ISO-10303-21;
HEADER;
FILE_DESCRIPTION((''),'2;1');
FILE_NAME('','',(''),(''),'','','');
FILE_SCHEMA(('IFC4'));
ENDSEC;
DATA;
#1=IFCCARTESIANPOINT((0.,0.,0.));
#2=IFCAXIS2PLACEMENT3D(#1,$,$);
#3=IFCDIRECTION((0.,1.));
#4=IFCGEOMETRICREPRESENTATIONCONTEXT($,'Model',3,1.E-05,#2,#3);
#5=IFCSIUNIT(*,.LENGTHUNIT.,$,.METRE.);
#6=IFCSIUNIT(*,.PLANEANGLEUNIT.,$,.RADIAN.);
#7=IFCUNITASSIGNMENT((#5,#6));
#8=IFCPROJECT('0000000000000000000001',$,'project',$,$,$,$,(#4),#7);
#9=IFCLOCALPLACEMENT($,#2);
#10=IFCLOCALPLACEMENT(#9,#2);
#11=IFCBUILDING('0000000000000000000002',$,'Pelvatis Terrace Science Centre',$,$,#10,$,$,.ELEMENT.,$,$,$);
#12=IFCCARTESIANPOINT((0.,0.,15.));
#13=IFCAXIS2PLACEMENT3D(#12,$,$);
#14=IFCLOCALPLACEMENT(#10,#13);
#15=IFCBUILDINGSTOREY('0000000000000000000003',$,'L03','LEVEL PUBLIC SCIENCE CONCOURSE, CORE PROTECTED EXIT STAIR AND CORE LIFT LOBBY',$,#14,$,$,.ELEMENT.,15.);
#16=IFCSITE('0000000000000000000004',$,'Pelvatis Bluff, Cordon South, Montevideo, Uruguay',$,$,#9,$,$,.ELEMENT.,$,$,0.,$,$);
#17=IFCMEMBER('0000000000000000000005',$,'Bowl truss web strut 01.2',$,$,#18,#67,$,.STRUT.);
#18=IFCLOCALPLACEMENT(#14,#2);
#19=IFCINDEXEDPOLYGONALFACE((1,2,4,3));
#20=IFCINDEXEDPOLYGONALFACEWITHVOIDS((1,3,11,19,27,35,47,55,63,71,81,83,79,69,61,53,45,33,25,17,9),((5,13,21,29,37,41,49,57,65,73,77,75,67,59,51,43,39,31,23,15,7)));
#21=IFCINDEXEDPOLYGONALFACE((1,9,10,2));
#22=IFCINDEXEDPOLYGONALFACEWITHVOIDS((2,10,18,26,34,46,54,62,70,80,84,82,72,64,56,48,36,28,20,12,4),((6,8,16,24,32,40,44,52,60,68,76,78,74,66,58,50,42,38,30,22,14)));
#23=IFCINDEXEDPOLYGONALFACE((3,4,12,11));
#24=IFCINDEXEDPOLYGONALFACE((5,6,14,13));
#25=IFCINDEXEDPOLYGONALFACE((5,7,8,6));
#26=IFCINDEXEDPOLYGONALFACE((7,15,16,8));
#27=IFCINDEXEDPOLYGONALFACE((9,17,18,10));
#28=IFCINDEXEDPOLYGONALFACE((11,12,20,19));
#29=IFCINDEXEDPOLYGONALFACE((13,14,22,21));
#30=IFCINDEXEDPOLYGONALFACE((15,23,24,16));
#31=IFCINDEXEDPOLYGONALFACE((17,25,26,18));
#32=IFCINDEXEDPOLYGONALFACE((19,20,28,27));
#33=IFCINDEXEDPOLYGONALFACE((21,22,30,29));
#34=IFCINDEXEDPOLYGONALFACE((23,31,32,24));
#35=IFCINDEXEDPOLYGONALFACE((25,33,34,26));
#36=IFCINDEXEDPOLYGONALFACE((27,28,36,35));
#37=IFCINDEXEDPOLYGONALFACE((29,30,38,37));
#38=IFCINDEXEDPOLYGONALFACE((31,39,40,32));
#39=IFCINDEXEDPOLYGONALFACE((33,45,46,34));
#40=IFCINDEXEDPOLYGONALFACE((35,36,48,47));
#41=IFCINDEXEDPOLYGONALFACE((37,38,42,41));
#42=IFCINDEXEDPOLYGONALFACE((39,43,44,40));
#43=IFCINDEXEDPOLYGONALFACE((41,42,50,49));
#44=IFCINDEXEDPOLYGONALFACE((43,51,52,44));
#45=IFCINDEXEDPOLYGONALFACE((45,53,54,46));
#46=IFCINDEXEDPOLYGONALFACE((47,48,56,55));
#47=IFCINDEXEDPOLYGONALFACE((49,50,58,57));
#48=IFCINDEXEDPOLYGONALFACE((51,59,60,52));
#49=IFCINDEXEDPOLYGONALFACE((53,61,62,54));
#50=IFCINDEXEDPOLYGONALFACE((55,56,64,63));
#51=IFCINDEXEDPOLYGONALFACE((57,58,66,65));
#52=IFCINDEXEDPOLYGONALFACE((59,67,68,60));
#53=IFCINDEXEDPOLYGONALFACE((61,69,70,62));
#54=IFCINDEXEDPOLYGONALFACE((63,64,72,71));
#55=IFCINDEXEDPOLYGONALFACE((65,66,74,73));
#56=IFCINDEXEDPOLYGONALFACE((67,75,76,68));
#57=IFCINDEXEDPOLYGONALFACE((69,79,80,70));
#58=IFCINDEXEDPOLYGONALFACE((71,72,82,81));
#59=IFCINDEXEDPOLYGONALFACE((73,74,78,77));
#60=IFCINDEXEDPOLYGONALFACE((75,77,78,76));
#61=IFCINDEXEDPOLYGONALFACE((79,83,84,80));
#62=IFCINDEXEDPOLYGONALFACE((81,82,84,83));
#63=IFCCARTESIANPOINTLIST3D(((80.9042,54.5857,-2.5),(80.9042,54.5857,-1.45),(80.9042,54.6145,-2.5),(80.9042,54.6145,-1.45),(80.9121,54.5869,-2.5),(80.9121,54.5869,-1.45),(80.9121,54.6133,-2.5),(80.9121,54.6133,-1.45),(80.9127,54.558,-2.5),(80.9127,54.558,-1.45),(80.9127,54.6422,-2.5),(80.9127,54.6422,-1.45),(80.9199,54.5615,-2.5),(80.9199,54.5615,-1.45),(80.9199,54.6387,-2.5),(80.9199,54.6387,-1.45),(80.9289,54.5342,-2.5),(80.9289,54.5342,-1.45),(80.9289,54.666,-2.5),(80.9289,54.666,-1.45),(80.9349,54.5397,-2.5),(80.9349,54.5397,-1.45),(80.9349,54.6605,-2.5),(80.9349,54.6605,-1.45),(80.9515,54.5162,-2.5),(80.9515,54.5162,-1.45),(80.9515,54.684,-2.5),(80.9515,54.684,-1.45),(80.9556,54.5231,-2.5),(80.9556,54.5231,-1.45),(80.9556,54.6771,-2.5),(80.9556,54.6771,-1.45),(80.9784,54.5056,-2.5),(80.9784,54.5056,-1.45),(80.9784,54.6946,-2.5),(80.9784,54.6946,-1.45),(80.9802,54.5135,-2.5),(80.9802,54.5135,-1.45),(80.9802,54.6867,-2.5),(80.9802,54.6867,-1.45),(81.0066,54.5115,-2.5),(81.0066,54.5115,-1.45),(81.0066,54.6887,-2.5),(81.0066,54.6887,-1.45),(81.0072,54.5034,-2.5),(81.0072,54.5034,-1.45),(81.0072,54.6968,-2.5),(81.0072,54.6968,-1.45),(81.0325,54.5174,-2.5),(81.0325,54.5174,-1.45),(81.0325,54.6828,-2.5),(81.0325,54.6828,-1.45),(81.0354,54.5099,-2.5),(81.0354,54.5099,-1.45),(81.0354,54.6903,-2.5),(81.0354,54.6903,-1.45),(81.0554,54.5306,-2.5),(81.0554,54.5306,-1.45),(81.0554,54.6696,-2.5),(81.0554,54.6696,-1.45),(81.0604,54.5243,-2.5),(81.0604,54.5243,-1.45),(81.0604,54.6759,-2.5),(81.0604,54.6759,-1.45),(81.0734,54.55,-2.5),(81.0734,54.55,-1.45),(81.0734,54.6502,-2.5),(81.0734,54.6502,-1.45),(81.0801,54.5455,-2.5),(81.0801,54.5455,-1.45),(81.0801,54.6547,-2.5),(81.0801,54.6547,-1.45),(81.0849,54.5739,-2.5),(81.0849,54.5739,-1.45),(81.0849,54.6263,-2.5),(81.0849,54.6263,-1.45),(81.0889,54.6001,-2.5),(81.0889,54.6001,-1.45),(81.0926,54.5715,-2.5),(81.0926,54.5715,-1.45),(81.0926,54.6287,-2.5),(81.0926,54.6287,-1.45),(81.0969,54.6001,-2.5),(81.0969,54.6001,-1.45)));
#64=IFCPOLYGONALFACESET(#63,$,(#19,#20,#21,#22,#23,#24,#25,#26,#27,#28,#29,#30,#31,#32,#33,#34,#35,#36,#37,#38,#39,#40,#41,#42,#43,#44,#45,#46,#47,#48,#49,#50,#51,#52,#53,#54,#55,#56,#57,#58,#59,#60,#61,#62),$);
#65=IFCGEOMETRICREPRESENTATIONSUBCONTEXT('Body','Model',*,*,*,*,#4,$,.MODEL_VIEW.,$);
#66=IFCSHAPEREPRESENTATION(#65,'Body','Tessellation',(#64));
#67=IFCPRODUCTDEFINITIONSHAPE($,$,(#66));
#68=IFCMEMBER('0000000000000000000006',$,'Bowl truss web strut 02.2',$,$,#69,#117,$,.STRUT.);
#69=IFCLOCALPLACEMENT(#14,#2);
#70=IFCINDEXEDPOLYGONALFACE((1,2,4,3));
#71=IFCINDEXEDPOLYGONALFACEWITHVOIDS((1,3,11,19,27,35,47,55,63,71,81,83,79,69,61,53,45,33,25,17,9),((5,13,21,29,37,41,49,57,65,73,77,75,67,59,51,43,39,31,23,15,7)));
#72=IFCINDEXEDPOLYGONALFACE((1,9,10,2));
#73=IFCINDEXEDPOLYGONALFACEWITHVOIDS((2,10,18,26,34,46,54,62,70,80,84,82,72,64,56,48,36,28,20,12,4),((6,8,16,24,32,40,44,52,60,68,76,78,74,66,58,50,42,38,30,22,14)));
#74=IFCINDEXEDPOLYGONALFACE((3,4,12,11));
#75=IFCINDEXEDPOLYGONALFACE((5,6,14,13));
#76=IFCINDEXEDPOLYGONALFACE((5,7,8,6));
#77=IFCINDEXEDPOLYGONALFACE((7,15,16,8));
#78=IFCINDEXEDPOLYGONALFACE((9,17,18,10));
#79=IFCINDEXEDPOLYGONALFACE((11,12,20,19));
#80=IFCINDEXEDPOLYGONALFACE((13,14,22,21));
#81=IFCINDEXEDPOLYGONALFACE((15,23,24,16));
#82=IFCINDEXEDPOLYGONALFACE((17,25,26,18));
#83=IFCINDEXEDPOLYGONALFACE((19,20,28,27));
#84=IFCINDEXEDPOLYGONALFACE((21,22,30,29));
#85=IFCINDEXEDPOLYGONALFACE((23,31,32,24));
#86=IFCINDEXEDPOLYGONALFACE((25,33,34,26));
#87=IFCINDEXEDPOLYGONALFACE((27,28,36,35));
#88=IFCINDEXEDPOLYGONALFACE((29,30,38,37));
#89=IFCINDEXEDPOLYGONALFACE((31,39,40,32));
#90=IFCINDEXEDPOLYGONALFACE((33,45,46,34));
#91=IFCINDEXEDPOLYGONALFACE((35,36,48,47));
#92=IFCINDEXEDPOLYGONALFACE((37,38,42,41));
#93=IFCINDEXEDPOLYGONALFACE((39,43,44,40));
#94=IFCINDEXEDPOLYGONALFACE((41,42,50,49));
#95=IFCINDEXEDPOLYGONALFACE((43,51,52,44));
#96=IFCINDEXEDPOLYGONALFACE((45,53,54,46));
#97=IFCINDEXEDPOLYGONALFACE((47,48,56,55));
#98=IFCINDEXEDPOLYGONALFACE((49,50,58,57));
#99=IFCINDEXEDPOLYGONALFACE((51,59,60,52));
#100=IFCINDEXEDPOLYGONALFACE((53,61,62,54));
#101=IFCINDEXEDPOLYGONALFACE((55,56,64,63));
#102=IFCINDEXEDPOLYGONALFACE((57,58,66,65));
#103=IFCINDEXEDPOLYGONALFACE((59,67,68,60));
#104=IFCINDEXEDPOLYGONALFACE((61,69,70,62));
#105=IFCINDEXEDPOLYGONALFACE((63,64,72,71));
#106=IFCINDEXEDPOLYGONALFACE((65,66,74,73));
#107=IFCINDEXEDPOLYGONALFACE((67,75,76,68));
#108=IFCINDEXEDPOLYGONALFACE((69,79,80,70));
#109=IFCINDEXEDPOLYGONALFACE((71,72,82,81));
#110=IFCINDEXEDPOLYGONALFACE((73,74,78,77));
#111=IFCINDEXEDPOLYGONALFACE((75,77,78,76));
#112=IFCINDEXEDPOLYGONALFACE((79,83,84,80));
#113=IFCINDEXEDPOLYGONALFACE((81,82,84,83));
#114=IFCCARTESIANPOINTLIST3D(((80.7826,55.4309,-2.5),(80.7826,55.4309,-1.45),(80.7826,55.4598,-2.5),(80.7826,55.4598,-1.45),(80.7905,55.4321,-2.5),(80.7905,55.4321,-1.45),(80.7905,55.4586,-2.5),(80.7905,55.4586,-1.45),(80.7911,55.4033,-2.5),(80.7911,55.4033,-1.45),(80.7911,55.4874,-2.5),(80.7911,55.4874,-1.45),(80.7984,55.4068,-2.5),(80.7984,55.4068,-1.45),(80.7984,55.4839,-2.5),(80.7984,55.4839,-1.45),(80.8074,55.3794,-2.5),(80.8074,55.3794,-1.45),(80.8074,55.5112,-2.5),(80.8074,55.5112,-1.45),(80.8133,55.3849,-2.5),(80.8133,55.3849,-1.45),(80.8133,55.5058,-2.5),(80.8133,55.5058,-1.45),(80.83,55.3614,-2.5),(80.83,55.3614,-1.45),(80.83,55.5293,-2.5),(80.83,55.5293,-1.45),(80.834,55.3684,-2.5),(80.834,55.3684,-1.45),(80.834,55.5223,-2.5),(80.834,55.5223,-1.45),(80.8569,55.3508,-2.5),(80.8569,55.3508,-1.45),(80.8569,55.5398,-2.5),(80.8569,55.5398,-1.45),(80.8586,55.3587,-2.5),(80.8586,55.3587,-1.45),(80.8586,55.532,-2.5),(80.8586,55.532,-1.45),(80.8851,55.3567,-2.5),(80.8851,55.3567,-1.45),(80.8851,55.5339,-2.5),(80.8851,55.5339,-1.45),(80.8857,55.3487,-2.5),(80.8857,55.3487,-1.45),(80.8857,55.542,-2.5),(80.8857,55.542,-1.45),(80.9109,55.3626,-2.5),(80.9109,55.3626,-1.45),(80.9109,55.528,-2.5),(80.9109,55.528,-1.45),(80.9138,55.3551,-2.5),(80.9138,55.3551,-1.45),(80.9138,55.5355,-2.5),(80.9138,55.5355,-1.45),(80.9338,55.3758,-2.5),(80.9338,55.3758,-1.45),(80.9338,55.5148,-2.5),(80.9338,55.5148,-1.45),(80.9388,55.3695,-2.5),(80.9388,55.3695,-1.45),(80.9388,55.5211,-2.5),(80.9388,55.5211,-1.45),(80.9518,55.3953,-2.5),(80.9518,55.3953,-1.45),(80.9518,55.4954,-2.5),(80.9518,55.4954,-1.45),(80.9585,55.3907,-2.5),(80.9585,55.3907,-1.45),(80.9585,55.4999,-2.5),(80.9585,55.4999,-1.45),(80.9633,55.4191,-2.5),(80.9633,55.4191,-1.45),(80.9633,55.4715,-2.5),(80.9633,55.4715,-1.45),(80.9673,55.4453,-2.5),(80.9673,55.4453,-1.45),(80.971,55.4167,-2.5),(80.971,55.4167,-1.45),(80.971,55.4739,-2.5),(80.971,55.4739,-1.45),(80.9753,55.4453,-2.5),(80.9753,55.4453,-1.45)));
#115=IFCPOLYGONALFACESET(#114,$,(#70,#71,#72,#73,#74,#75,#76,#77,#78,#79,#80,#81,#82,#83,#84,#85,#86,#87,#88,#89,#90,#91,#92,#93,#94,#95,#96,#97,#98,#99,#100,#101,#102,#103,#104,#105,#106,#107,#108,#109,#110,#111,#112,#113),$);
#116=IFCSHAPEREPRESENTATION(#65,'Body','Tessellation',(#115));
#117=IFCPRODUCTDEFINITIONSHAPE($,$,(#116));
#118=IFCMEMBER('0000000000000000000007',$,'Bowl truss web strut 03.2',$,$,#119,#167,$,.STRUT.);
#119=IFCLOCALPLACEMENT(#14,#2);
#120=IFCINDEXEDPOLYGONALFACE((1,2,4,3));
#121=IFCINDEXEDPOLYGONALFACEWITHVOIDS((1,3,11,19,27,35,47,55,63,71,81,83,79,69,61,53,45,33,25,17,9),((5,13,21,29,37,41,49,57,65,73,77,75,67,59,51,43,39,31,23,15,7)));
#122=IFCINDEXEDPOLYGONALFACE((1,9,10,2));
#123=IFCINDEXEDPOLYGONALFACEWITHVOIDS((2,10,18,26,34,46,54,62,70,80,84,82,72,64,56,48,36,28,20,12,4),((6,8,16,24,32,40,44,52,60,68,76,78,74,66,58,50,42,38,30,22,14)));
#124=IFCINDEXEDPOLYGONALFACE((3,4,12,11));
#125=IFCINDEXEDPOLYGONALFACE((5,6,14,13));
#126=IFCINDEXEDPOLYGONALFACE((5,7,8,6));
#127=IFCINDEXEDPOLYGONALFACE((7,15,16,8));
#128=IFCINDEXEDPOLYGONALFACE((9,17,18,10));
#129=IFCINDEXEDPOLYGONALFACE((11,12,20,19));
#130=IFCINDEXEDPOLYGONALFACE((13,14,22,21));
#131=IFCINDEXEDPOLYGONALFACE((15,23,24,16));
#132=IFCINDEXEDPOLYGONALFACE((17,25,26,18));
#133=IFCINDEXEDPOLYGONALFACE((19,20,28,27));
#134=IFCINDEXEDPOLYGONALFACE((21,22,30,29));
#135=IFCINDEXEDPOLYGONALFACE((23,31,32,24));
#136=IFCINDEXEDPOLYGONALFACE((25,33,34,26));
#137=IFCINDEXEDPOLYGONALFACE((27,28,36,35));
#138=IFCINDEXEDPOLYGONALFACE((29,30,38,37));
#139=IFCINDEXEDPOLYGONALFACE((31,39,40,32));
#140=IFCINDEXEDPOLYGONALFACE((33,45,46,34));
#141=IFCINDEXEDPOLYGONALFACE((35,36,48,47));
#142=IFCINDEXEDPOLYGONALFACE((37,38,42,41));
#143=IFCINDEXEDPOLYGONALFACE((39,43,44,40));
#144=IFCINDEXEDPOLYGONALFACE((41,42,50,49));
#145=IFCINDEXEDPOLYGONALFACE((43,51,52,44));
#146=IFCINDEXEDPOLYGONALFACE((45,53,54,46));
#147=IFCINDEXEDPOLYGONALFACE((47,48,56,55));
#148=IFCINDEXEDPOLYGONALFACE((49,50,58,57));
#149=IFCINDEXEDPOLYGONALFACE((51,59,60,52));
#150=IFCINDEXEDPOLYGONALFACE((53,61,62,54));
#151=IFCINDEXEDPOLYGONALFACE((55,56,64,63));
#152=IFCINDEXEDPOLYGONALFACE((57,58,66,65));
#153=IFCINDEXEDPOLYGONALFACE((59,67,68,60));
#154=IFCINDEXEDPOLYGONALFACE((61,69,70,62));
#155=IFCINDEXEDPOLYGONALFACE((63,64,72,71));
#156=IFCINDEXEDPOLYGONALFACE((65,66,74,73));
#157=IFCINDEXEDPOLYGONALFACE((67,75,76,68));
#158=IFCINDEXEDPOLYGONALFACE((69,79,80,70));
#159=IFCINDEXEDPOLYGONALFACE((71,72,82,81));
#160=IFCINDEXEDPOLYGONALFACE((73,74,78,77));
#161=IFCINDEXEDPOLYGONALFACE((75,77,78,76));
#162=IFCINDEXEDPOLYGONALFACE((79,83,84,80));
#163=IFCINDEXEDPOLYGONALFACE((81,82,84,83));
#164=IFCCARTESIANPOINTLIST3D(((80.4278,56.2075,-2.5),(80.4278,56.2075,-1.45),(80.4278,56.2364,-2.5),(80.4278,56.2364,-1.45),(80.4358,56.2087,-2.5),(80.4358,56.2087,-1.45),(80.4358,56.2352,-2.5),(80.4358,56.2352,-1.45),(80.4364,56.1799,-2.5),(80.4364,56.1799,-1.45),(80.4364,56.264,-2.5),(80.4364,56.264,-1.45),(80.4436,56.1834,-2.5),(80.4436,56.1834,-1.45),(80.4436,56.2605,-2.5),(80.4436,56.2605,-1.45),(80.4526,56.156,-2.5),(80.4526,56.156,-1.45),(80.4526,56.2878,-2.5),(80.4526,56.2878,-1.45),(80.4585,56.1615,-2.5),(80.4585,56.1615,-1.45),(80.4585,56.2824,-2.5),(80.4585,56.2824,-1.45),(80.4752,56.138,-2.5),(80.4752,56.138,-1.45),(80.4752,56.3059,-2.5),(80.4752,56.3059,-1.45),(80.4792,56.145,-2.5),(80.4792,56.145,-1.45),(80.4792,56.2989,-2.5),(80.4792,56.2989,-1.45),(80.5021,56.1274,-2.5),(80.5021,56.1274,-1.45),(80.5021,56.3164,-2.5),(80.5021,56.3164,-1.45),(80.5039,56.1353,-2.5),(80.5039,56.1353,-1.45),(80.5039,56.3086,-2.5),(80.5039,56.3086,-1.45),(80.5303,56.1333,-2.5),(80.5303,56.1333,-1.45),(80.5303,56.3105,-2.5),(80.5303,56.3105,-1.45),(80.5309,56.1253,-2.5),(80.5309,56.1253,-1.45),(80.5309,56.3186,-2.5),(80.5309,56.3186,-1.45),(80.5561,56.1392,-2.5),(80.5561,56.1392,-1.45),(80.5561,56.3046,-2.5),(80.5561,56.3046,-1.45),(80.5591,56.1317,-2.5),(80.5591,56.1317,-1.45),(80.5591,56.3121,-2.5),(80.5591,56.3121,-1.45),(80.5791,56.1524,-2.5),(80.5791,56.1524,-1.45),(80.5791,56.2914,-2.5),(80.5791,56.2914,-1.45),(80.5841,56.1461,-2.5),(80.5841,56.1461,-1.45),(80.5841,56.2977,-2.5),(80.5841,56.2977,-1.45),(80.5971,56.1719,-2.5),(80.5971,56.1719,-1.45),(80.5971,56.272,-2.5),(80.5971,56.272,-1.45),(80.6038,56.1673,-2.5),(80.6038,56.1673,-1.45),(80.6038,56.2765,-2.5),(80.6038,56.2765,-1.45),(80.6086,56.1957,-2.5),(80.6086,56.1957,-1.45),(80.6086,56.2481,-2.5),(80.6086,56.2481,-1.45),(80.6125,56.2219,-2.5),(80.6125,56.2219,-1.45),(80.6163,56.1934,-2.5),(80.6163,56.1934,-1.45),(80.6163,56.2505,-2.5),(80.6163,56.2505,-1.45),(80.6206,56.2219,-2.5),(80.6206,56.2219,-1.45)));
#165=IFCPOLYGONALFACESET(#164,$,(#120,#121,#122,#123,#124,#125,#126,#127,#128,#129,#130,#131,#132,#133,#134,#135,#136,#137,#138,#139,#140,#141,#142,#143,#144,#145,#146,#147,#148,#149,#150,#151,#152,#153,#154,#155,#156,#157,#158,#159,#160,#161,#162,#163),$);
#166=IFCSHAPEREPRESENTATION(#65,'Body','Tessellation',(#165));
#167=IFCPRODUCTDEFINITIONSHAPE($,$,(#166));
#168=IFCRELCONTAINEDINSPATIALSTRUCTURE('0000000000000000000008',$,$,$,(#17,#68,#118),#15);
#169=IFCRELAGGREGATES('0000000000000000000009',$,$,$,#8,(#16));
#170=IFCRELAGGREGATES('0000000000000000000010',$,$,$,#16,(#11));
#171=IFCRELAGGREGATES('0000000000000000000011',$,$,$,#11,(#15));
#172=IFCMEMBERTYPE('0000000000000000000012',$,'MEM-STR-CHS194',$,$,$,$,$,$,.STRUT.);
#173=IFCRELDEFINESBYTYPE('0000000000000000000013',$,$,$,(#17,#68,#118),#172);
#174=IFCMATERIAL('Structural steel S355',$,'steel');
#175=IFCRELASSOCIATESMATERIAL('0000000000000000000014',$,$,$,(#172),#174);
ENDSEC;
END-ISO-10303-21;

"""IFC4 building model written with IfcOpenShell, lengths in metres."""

from ifc_helpers import new_model, si_unit, direction, frame, origin, origin_2d, place, context, subcontext, project, spatial, hollow_circle, extrude, material, material_profile, profile_set, type_object, element, save


model = new_model("IFC4")

# Units and contexts
model_context = context("Model", 3, precision=1e-05, world=origin(), true_north=direction((0.0, 1.0)))
body_context = subcontext(model_context, "Body", "Model", "MODEL_VIEW")
ifc_project = project(units=[si_unit("LENGTHUNIT", "METRE"), si_unit("PLANEANGLEUNIT", "RADIAN")], contexts=[model_context])

# Site, building, storey
site_placement = place(None, origin())
site = spatial("IfcSite", under=ifc_project, at=site_placement, Name="Pelvatis Bluff, Cordon South, Montevideo, Uruguay", CompositionType="ELEMENT", RefElevation=0.0)
building_placement = place(site_placement, origin())
building = spatial("IfcBuilding", under=site, at=building_placement, Name="Pelvatis Terrace Science Centre", CompositionType="ELEMENT")
storey_placement = place(building_placement, frame((0.0, 0.0, 15.0)))
storey = spatial("IfcBuildingStorey", under=building, at=storey_placement, Name="L03", Description="LEVEL PUBLIC SCIENCE CONCOURSE, CORE PROTECTED EXIT STAIR AND CORE LIFT LOBBY", CompositionType="ELEMENT", Elevation=15.0)

# Members
ifc_material_1 = material(Name="Structural steel S355", Category="steel")
ifc_material_profile_1 = material_profile(ifc_material_1, hollow_circle(Radius=0.0969, WallThickness=0.0081, at=origin_2d()), Name="CHS 193.7x8.0")
ifc_profile_set_1 = profile_set([ifc_material_profile_1], Name="Structural steel S355")
member_type_1 = type_object("IfcMemberType", Name="MEM-STR-CHS194", PredefinedType="STRUT", material=ifc_profile_set_1)
for number, where, z_axis, x_axis, name in (
    (1, (81.0, 54.6001, -2.5), (0.0, 0.0, 1.0), (1.0, 0.0, 0.0), "Bowl truss web strut 01.2"),
    (2, (80.8784, 55.4453, -2.5), (0.0, 0.0, 1.0), (1.0, 0.0, 0.0), "Bowl truss web strut 02.2"),
    (3, (80.5237, 56.2219, -2.5), (0.0, 0.0, 1.0), (1.0, 0.0, 0.0), "Bowl truss web strut 03.2"),
):
    element("IfcMember", number, at=place(storey_placement, frame(where, z_axis=z_axis, x_axis=x_axis)), inside=storey, type_object=member_type_1, Name=name, PredefinedType="STRUT", context=body_context, shape_type="SweptSolid", body=[
        extrude(hollow_circle(Radius=0.0969, WallThickness=0.0081, at=origin_2d()), origin(), (0.0, 0.0, 1.0), 1.05),
    ])

save(model, "model.ifc")
